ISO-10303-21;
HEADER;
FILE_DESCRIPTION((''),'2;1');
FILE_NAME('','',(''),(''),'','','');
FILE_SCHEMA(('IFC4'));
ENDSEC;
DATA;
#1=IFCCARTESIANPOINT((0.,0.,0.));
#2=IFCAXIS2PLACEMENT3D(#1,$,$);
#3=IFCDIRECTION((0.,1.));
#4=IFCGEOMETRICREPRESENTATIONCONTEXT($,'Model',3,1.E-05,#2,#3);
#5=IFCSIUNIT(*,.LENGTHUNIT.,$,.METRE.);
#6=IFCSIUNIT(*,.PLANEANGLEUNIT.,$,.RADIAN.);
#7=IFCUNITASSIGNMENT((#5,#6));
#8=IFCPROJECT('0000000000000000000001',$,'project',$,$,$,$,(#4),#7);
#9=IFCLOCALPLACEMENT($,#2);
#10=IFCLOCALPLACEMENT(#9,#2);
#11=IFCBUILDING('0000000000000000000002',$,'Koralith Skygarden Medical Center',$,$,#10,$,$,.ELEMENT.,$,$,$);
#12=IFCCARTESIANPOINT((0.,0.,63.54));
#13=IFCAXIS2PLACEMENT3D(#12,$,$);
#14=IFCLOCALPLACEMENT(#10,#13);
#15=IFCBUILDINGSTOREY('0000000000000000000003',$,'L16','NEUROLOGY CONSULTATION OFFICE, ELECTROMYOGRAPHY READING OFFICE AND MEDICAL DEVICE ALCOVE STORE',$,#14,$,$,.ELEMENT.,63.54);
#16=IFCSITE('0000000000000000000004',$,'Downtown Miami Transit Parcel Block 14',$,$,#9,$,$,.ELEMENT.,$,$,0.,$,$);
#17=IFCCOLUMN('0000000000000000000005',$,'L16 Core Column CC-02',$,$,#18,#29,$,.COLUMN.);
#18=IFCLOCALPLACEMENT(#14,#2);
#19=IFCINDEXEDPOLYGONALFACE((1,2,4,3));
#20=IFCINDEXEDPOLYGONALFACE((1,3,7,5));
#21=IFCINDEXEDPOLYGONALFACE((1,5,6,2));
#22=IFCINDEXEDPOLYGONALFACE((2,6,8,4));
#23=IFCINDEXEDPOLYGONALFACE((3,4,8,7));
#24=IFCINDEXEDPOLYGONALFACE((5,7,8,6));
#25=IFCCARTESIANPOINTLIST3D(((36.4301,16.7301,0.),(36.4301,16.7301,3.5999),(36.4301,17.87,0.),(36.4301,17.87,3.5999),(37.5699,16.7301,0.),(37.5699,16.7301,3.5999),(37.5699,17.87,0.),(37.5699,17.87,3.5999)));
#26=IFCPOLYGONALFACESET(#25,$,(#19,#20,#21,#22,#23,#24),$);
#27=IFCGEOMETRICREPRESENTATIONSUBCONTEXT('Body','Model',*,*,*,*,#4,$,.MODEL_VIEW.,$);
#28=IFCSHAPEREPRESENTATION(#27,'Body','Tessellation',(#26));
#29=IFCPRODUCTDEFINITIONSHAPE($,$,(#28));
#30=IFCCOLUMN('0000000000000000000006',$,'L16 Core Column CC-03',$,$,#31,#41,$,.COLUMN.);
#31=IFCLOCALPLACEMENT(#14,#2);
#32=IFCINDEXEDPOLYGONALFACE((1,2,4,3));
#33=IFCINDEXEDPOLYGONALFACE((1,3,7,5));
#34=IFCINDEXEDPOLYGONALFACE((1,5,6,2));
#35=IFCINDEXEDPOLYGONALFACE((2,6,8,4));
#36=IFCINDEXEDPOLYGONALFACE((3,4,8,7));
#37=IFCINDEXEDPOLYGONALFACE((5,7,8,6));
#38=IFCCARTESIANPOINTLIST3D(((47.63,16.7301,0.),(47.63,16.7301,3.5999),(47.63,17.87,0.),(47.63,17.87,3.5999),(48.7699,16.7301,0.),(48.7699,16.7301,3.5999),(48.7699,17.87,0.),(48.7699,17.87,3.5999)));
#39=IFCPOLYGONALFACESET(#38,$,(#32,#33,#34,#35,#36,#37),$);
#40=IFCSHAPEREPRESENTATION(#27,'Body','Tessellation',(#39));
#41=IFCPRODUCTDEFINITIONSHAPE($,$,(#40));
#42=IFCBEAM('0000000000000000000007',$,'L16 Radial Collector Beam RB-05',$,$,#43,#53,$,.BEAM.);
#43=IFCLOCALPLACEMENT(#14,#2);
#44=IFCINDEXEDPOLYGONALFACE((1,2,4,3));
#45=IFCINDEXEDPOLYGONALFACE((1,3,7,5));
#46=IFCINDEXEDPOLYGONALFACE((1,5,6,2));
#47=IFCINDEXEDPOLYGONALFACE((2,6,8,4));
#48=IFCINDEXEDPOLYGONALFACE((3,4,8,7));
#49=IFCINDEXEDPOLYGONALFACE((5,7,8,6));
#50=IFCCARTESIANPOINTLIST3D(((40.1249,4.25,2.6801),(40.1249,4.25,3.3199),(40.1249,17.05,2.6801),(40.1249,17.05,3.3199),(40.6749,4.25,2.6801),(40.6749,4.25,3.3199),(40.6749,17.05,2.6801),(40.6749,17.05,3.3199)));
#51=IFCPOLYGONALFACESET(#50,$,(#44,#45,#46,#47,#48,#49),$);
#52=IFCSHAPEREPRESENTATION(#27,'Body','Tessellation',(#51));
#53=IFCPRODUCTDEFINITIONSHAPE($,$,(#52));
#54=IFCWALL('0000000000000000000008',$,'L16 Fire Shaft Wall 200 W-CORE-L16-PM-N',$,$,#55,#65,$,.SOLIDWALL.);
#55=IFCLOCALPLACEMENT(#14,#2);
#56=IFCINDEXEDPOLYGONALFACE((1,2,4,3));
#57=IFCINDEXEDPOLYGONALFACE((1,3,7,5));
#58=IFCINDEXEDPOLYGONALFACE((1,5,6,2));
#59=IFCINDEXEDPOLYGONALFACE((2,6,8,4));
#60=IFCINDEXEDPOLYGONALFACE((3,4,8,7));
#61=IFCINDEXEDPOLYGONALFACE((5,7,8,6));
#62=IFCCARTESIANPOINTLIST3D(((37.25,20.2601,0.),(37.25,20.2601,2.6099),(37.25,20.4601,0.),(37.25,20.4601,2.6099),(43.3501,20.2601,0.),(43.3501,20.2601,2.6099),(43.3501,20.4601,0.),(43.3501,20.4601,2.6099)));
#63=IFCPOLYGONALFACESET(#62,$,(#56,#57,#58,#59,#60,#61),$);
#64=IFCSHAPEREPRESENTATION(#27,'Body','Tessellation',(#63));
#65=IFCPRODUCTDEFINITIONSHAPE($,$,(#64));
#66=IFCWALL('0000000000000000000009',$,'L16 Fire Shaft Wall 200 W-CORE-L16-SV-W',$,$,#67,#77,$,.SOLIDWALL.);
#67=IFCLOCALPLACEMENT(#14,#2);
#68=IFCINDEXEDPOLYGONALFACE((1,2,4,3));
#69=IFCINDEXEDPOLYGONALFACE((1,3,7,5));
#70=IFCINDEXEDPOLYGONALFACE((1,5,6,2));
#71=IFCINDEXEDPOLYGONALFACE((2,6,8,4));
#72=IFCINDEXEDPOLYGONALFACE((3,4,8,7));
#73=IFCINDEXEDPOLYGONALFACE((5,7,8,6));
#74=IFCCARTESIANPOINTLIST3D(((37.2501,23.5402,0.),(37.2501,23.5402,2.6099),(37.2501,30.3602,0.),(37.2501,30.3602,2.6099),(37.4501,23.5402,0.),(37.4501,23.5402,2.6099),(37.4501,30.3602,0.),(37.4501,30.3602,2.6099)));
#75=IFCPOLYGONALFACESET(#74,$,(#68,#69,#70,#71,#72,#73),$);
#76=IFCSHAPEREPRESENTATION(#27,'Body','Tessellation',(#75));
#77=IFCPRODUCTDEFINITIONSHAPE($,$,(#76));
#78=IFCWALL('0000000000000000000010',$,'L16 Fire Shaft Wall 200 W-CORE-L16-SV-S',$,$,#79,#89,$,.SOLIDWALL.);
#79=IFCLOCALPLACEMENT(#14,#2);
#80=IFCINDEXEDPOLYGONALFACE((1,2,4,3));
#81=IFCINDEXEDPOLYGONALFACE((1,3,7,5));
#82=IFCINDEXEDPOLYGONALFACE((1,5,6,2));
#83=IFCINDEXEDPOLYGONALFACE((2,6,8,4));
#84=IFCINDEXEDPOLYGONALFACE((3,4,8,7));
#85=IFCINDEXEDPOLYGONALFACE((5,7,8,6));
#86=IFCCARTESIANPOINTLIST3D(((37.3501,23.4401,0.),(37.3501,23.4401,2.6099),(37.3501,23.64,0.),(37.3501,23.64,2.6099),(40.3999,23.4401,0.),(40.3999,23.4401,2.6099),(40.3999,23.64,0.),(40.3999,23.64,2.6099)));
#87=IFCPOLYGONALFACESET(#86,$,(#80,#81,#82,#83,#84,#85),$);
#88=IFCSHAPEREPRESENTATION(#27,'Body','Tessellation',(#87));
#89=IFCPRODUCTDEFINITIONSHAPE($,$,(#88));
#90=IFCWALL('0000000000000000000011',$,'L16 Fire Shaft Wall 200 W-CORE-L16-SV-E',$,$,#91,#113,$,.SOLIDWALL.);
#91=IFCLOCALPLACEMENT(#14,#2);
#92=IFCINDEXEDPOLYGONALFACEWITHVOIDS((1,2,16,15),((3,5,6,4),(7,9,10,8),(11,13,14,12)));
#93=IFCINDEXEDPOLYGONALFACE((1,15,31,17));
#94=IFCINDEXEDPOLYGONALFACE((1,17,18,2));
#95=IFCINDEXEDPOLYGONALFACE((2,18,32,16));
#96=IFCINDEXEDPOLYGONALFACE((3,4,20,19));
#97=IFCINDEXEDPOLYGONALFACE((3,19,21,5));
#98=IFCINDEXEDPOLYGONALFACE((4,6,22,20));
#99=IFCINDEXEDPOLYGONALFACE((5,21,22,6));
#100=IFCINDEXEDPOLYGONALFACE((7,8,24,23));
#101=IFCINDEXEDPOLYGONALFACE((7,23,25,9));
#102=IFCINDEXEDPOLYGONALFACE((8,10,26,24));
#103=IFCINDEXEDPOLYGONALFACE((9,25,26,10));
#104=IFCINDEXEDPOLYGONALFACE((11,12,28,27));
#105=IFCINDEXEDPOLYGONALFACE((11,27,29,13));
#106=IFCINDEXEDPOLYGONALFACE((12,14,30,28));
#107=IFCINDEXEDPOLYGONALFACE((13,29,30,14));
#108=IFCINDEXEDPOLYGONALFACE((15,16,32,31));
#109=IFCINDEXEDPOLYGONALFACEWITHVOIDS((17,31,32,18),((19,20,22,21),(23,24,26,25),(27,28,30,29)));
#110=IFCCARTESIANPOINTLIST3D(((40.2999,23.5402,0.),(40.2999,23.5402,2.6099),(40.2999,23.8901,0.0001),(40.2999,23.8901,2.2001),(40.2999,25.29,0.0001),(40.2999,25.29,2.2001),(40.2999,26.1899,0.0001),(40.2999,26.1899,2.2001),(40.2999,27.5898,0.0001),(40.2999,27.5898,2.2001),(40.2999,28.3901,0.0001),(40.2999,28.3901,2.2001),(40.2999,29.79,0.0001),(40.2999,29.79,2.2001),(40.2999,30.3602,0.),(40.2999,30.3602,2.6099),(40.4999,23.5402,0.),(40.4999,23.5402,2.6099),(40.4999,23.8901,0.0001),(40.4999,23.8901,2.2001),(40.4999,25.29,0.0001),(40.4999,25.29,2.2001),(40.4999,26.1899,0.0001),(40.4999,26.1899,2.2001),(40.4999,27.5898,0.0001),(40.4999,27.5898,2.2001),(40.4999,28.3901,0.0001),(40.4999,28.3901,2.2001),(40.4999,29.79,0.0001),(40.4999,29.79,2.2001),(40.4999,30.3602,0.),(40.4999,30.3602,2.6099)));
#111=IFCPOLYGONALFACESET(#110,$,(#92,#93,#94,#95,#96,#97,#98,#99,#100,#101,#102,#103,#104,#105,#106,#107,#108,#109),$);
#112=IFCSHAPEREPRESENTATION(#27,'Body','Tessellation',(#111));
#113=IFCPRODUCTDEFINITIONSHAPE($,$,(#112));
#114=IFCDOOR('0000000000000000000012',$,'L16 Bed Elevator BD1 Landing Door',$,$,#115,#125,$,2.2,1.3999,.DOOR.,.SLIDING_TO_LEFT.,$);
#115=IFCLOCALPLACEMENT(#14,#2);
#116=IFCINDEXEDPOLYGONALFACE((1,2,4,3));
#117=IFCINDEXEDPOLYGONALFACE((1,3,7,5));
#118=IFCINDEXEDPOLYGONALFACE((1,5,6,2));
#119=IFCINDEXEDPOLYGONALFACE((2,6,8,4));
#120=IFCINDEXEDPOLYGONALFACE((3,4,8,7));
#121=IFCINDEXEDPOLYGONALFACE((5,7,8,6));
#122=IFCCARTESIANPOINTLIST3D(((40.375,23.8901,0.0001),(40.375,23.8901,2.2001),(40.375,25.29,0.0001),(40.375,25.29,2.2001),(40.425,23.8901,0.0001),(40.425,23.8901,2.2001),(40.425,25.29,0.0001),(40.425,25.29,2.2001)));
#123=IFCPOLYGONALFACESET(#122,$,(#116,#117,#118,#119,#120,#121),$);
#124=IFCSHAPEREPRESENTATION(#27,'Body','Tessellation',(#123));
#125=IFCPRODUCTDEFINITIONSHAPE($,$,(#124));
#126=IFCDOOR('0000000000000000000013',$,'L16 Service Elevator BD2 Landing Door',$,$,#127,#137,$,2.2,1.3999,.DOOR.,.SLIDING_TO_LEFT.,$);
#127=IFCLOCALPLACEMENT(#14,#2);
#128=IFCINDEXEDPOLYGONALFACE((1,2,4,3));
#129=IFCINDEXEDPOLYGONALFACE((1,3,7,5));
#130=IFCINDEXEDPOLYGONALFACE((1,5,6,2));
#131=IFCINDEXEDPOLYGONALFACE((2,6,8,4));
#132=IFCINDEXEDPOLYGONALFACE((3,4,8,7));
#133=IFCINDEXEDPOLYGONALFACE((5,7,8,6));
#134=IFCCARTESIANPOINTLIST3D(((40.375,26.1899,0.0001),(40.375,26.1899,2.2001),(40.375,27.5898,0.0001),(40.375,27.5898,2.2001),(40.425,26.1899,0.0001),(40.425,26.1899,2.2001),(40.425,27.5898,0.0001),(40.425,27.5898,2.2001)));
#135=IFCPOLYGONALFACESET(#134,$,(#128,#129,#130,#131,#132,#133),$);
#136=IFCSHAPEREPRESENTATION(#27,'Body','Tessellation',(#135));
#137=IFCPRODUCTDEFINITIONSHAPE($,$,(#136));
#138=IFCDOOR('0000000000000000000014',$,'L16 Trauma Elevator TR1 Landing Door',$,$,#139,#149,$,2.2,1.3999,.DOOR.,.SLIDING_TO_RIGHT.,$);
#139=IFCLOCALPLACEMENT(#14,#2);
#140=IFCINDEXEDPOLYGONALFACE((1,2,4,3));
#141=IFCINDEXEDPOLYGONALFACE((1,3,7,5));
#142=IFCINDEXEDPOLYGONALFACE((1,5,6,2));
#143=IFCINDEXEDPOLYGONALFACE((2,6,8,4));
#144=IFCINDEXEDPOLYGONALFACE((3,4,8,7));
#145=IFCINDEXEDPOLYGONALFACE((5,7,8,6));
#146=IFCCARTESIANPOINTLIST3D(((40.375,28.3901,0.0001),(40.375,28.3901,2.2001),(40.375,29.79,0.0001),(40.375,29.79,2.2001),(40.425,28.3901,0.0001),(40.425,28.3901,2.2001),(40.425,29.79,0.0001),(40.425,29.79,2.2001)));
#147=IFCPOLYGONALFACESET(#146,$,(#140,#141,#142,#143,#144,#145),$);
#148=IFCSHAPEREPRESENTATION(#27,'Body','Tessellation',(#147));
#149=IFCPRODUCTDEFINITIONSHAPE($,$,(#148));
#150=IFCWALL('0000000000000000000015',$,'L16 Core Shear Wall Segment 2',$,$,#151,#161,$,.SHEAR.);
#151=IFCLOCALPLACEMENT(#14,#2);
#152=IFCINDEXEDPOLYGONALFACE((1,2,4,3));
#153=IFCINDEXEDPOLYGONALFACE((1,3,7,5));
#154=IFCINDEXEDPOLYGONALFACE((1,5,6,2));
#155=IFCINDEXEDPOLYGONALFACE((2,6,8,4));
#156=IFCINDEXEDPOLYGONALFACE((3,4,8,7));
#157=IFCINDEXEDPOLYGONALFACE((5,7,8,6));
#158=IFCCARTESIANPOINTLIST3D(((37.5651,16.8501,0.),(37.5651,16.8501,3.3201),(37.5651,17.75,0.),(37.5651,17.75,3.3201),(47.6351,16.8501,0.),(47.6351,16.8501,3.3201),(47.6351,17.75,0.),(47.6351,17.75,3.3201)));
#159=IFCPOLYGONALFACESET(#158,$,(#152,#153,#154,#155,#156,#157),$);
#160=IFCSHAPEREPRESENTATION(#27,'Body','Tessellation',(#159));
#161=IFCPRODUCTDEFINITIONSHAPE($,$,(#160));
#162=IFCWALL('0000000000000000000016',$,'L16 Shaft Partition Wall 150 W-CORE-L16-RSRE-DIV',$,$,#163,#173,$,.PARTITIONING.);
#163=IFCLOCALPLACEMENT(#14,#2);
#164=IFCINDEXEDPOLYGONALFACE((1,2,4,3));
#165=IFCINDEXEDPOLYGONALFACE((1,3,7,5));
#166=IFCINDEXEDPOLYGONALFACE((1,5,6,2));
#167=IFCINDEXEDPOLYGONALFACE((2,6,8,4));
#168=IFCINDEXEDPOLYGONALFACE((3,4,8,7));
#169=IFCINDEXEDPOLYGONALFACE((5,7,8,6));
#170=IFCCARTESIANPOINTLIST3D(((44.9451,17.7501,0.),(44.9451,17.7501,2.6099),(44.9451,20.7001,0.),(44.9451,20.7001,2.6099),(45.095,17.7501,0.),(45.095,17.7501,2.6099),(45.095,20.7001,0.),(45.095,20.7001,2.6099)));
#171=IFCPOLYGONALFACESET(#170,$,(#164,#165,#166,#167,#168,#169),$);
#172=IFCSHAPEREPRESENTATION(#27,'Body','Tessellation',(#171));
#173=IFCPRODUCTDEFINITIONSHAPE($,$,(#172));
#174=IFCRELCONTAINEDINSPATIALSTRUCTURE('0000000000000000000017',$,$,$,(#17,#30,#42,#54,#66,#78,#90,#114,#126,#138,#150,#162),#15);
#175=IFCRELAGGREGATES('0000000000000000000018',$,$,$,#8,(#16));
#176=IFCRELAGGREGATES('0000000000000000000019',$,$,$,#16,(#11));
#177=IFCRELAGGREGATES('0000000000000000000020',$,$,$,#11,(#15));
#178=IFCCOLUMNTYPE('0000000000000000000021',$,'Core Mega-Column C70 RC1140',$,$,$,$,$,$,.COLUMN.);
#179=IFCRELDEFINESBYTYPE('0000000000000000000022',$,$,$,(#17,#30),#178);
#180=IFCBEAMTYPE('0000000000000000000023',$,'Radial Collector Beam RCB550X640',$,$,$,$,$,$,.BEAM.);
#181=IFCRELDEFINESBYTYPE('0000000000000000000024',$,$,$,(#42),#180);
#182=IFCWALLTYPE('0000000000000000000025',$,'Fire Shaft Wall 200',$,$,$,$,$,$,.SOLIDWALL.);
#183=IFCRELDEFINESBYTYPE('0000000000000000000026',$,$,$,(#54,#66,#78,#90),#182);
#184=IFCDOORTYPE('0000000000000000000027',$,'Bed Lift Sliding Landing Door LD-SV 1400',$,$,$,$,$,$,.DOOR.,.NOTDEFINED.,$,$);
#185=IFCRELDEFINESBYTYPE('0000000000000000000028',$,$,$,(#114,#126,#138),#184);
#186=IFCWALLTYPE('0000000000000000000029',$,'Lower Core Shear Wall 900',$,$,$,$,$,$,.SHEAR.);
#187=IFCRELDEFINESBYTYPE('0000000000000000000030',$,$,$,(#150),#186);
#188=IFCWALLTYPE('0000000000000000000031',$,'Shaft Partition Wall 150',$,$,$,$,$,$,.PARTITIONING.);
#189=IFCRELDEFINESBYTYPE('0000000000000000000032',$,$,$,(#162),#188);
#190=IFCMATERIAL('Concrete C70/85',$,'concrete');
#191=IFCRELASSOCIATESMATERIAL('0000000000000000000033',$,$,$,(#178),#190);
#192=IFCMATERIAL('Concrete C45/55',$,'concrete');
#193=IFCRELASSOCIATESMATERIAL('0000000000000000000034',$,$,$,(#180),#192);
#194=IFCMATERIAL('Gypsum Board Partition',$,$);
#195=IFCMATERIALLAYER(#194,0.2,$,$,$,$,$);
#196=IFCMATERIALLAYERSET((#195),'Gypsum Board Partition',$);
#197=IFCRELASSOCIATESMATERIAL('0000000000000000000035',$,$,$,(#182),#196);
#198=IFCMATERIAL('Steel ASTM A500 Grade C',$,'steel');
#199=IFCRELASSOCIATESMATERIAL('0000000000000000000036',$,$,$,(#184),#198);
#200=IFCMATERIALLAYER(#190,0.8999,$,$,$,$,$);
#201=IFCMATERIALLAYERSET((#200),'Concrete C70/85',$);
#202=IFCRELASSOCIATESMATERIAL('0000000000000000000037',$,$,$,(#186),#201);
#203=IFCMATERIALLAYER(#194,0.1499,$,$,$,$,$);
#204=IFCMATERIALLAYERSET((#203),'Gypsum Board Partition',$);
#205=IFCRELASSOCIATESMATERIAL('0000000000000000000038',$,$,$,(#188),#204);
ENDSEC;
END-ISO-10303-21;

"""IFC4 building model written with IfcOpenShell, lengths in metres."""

from ifc_helpers import new_model, si_unit, direction, frame, frame_2d, origin, origin_2d, place, context, subcontext, project, spatial, rectangle, extrude, material, layer, layer_set, material_profile, profile_set, type_object, element, fill, save


model = new_model("IFC4")

# Units and contexts
model_context = context("Model", 3, precision=1e-05, world=origin(), true_north=direction((0.0, 1.0)))
body_context = subcontext(model_context, "Body", "Model", "MODEL_VIEW")
ifc_project = project(units=[si_unit("LENGTHUNIT", "METRE"), si_unit("PLANEANGLEUNIT", "RADIAN")], contexts=[model_context])

# Site, building, storey
site_placement = place(None, origin())
site = spatial("IfcSite", under=ifc_project, at=site_placement, Name="Downtown Miami Transit Parcel Block 14", CompositionType="ELEMENT", RefElevation=0.0)
building_placement = place(site_placement, origin())
building = spatial("IfcBuilding", under=site, at=building_placement, Name="Koralith Skygarden Medical Center", CompositionType="ELEMENT")
storey_placement = place(building_placement, frame((0.0, 0.0, 63.54)))
storey = spatial("IfcBuildingStorey", under=building, at=storey_placement, Name="L16", Description="NEUROLOGY CONSULTATION OFFICE, ELECTROMYOGRAPHY READING OFFICE AND MEDICAL DEVICE ALCOVE STORE", CompositionType="ELEMENT", Elevation=63.54)

# Columns
ifc_material_1 = material(Name="Concrete C70/85", Category="concrete")
ifc_material_profile_1 = material_profile(ifc_material_1, rectangle(XDim=1.1399, YDim=1.1399, at=origin_2d()), Name="RC1140X1140")
ifc_profile_set_1 = profile_set([ifc_material_profile_1], Name="Concrete C70/85")
column_type = type_object("IfcColumnType", Name="Core Mega-Column C70 RC1140", PredefinedType="COLUMN", material=ifc_profile_set_1)
for number, where, z_axis, x_axis, name in (
    (1, (37.0, 17.3, 0.0), (0.0, 0.0, 1.0), (1.0, 0.0, 0.0), "L16 Core Column CC-02"),
    (2, (48.2, 17.3, 0.0), (0.0, 0.0, 1.0), (1.0, 0.0, 0.0), "L16 Core Column CC-03"),
):
    element("IfcColumn", number, at=place(storey_placement, frame(where, z_axis=z_axis, x_axis=x_axis)), inside=storey, type_object=column_type, Name=name, PredefinedType="COLUMN", context=body_context, shape_type="SweptSolid", body=[
        extrude(rectangle(XDim=1.1399, YDim=1.1399, at=origin_2d()), origin(), (0.0, 0.0, 1.0), 3.5999),
    ])

# Beam
ifc_material_2 = material(Name="Concrete C45/55", Category="concrete")
ifc_material_profile_2 = material_profile(ifc_material_2, rectangle(XDim=0.55, YDim=0.6399, at=origin_2d()), Name="RCB550X640")
ifc_profile_set_2 = profile_set([ifc_material_profile_2], Name="Concrete C45/55")
beam_type = type_object("IfcBeamType", Name="Radial Collector Beam RCB550X640", PredefinedType="BEAM", material=ifc_profile_set_2)
beam_placement = place(storey_placement, frame((40.3999, 17.05, 3.0), z_axis=(0.0, -1.0, 0.0), x_axis=(1.0, 0.0, 0.0)))
element("IfcBeam", 3, at=beam_placement, inside=storey, type_object=beam_type, Name="L16 Radial Collector Beam RB-05", PredefinedType="BEAM", context=body_context, shape_type="SweptSolid", body=[
    extrude(rectangle(XDim=0.55, YDim=0.6399, at=origin_2d()), origin(), (0.0, 0.0, 1.0), 12.8),
])

# Shared definitions
ifc_material_3 = material(Name="Gypsum Board Partition")
ifc_layer_1 = layer(ifc_material_3, 0.2)
ifc_layer_set_1 = layer_set([ifc_layer_1], Name="Gypsum Board Partition")
wall_type_1 = type_object("IfcWallType", Name="Fire Shaft Wall 200", PredefinedType="SOLIDWALL", material=ifc_layer_set_1)
ifc_material_4 = material(Name="Steel ASTM A500 Grade C", Category="steel")

# Walls
wall_1_placement = place(storey_placement, frame((37.25, 20.3601, 0.0), z_axis=(0.0, 0.0, 1.0), x_axis=(1.0, 0.0, 0.0)))
element("IfcWall", 4, at=wall_1_placement, inside=storey, type_object=wall_type_1, Name="L16 Fire Shaft Wall 200 W-CORE-L16-PM-N", PredefinedType="SOLIDWALL", context=body_context, shape_type="SweptSolid", body=[
    extrude(rectangle(XDim=6.1001, YDim=0.2, at=frame_2d((3.05, 0.0))), origin(), (0.0, 0.0, 1.0), 2.6099),
])
wall_2_placement = place(storey_placement, frame((37.3501, 23.54, 0.0), z_axis=(0.0, 0.0, 1.0), x_axis=(0.0, 1.0, 0.0)))
element("IfcWall", 5, at=wall_2_placement, inside=storey, type_object=wall_type_1, Name="L16 Fire Shaft Wall 200 W-CORE-L16-SV-W", PredefinedType="SOLIDWALL", context=body_context, shape_type="SweptSolid", body=[
    extrude(rectangle(XDim=6.8201, YDim=0.2, at=frame_2d((3.4102, 0.0))), origin(), (0.0, 0.0, 1.0), 2.6099),
])
wall_3_placement = place(storey_placement, frame((37.3501, 23.54, 0.0), z_axis=(0.0, 0.0, 1.0), x_axis=(1.0, 0.0, 0.0)))
element("IfcWall", 6, at=wall_3_placement, inside=storey, type_object=wall_type_1, Name="L16 Fire Shaft Wall 200 W-CORE-L16-SV-S", PredefinedType="SOLIDWALL", context=body_context, shape_type="SweptSolid", body=[
    extrude(rectangle(XDim=3.0498, YDim=0.2, at=frame_2d((1.5249, 0.0))), origin(), (0.0, 0.0, 1.0), 2.6099),
])

# Wall, openings, doors
wall_4_placement = place(storey_placement, frame((40.3999, 23.54, 0.0), z_axis=(0.0, 0.0, 1.0), x_axis=(0.0, 1.0, 0.0)))
wall_4 = element("IfcWall", 7, at=wall_4_placement, inside=storey, type_object=wall_type_1, Name="L16 Fire Shaft Wall 200 W-CORE-L16-SV-E", PredefinedType="SOLIDWALL", context=body_context, shape_type="SweptSolid", body=[
    extrude(rectangle(XDim=6.8201, YDim=0.2, at=frame_2d((3.4102, 0.0))), origin(), (0.0, 0.0, 1.0), 2.6099),
])
opening_1_placement = place(wall_4_placement, frame((0.3501, 0.0, 0.0)))
opening_1 = element("IfcOpeningElement", 8, at=opening_1_placement, cuts=wall_4, PredefinedType="OPENING", context=body_context, shape_type="SweptSolid", body=[
    extrude(rectangle(XDim=1.3999, YDim=2.2, at=frame_2d((0.7, 1.1001))), frame((0.0, 0.1099, 0.0), z_axis=(0.0, -1.0, 0.0), x_axis=(1.0, 0.0, 0.0)), (0.0, 0.0, 1.0), 0.22),
])
opening_2_placement = place(wall_4_placement, frame((2.6499, 0.0, 0.0)))
opening_2 = element("IfcOpeningElement", 9, at=opening_2_placement, cuts=wall_4, PredefinedType="OPENING", context=body_context, shape_type="SweptSolid", body=[
    extrude(rectangle(XDim=1.3999, YDim=2.2, at=frame_2d((0.7, 1.1001))), frame((0.0, 0.1099, 0.0), z_axis=(0.0, -1.0, 0.0), x_axis=(1.0, 0.0, 0.0)), (0.0, 0.0, 1.0), 0.22),
])
opening_3_placement = place(wall_4_placement, frame((4.8501, 0.0, 0.0)))
opening_3 = element("IfcOpeningElement", 10, at=opening_3_placement, cuts=wall_4, PredefinedType="OPENING", context=body_context, shape_type="SweptSolid", body=[
    extrude(rectangle(XDim=1.3999, YDim=2.2, at=frame_2d((0.7, 1.1001))), frame((0.0, 0.1099, 0.0), z_axis=(0.0, -1.0, 0.0), x_axis=(1.0, 0.0, 0.0)), (0.0, 0.0, 1.0), 0.22),
])
door_type_1 = type_object("IfcDoorType", Name="Bed Lift Sliding Landing Door LD-SV 1400", OperationType="NOTDEFINED", PredefinedType="DOOR", material=ifc_material_4)
door_1_placement = place(opening_1_placement, origin())
door_1 = element("IfcDoor", 11, at=door_1_placement, inside=storey, type_object=door_type_1, Name="L16 Bed Elevator BD1 Landing Door", OperationType="SLIDING_TO_LEFT", OverallHeight=2.2, OverallWidth=1.3999, PredefinedType="DOOR", context=body_context, shape_type="SweptSolid", body=[
    extrude(rectangle(XDim=1.3999, YDim=2.2, at=frame_2d((0.7, 1.1001))), frame((0.0, 0.0249, 0.0), z_axis=(0.0, -1.0, 0.0), x_axis=(1.0, 0.0, 0.0)), (0.0, 0.0, 1.0), 0.05),
])
fill(opening_1, door_1)
door_2_placement = place(opening_2_placement, origin())
door_2 = element("IfcDoor", 12, at=door_2_placement, inside=storey, type_object=door_type_1, Name="L16 Service Elevator BD2 Landing Door", OperationType="SLIDING_TO_LEFT", OverallHeight=2.2, OverallWidth=1.3999, PredefinedType="DOOR", context=body_context, shape_type="SweptSolid", body=[
    extrude(rectangle(XDim=1.3999, YDim=2.2, at=frame_2d((0.7, 1.1001))), frame((0.0, 0.0249, 0.0), z_axis=(0.0, -1.0, 0.0), x_axis=(1.0, 0.0, 0.0)), (0.0, 0.0, 1.0), 0.05),
])
fill(opening_2, door_2)
door_3_placement = place(opening_3_placement, origin())
door_3 = element("IfcDoor", 13, at=door_3_placement, inside=storey, type_object=door_type_1, Name="L16 Trauma Elevator TR1 Landing Door", OperationType="SLIDING_TO_RIGHT", OverallHeight=2.2, OverallWidth=1.3999, PredefinedType="DOOR", context=body_context, shape_type="SweptSolid", body=[
    extrude(rectangle(XDim=1.3999, YDim=2.2, at=frame_2d((0.7, 1.1001))), frame((0.0, 0.0249, 0.0), z_axis=(0.0, -1.0, 0.0), x_axis=(1.0, 0.0, 0.0)), (0.0, 0.0, 1.0), 0.05),
])
fill(opening_3, door_3)

# Walls
ifc_layer_2 = layer(ifc_material_1, 0.8999)
ifc_layer_set_2 = layer_set([ifc_layer_2], Name="Concrete C70/85")
wall_type_2 = type_object("IfcWallType", Name="Lower Core Shear Wall 900", PredefinedType="SHEAR", material=ifc_layer_set_2)
wall_5_placement = place(storey_placement, frame((37.5649, 17.3, 0.0), z_axis=(0.0, 0.0, 1.0), x_axis=(1.0, 0.0, 0.0)))
element("IfcWall", 14, at=wall_5_placement, inside=storey, type_object=wall_type_2, Name="L16 Core Shear Wall Segment 2", PredefinedType="SHEAR", context=body_context, shape_type="SweptSolid", body=[
    extrude(rectangle(XDim=10.0701, YDim=0.8999, at=frame_2d((5.0352, 0.0))), origin(), (0.0, 0.0, 1.0), 3.3201),
])
ifc_layer_3 = layer(ifc_material_3, 0.1499)
ifc_layer_set_3 = layer_set([ifc_layer_3], Name="Gypsum Board Partition")
wall_type_3 = type_object("IfcWallType", Name="Shaft Partition Wall 150", PredefinedType="PARTITIONING", material=ifc_layer_set_3)
wall_6_placement = place(storey_placement, frame((45.02, 17.75, 0.0), z_axis=(0.0, 0.0, 1.0), x_axis=(0.0, 1.0, 0.0)))
element("IfcWall", 15, at=wall_6_placement, inside=storey, type_object=wall_type_3, Name="L16 Shaft Partition Wall 150 W-CORE-L16-RSRE-DIV", PredefinedType="PARTITIONING", context=body_context, shape_type="SweptSolid", body=[
    extrude(rectangle(XDim=2.95, YDim=0.1499, at=frame_2d((1.4751, 0.0))), origin(), (0.0, 0.0, 1.0), 2.6099),
])

save(model, "model.ifc")
